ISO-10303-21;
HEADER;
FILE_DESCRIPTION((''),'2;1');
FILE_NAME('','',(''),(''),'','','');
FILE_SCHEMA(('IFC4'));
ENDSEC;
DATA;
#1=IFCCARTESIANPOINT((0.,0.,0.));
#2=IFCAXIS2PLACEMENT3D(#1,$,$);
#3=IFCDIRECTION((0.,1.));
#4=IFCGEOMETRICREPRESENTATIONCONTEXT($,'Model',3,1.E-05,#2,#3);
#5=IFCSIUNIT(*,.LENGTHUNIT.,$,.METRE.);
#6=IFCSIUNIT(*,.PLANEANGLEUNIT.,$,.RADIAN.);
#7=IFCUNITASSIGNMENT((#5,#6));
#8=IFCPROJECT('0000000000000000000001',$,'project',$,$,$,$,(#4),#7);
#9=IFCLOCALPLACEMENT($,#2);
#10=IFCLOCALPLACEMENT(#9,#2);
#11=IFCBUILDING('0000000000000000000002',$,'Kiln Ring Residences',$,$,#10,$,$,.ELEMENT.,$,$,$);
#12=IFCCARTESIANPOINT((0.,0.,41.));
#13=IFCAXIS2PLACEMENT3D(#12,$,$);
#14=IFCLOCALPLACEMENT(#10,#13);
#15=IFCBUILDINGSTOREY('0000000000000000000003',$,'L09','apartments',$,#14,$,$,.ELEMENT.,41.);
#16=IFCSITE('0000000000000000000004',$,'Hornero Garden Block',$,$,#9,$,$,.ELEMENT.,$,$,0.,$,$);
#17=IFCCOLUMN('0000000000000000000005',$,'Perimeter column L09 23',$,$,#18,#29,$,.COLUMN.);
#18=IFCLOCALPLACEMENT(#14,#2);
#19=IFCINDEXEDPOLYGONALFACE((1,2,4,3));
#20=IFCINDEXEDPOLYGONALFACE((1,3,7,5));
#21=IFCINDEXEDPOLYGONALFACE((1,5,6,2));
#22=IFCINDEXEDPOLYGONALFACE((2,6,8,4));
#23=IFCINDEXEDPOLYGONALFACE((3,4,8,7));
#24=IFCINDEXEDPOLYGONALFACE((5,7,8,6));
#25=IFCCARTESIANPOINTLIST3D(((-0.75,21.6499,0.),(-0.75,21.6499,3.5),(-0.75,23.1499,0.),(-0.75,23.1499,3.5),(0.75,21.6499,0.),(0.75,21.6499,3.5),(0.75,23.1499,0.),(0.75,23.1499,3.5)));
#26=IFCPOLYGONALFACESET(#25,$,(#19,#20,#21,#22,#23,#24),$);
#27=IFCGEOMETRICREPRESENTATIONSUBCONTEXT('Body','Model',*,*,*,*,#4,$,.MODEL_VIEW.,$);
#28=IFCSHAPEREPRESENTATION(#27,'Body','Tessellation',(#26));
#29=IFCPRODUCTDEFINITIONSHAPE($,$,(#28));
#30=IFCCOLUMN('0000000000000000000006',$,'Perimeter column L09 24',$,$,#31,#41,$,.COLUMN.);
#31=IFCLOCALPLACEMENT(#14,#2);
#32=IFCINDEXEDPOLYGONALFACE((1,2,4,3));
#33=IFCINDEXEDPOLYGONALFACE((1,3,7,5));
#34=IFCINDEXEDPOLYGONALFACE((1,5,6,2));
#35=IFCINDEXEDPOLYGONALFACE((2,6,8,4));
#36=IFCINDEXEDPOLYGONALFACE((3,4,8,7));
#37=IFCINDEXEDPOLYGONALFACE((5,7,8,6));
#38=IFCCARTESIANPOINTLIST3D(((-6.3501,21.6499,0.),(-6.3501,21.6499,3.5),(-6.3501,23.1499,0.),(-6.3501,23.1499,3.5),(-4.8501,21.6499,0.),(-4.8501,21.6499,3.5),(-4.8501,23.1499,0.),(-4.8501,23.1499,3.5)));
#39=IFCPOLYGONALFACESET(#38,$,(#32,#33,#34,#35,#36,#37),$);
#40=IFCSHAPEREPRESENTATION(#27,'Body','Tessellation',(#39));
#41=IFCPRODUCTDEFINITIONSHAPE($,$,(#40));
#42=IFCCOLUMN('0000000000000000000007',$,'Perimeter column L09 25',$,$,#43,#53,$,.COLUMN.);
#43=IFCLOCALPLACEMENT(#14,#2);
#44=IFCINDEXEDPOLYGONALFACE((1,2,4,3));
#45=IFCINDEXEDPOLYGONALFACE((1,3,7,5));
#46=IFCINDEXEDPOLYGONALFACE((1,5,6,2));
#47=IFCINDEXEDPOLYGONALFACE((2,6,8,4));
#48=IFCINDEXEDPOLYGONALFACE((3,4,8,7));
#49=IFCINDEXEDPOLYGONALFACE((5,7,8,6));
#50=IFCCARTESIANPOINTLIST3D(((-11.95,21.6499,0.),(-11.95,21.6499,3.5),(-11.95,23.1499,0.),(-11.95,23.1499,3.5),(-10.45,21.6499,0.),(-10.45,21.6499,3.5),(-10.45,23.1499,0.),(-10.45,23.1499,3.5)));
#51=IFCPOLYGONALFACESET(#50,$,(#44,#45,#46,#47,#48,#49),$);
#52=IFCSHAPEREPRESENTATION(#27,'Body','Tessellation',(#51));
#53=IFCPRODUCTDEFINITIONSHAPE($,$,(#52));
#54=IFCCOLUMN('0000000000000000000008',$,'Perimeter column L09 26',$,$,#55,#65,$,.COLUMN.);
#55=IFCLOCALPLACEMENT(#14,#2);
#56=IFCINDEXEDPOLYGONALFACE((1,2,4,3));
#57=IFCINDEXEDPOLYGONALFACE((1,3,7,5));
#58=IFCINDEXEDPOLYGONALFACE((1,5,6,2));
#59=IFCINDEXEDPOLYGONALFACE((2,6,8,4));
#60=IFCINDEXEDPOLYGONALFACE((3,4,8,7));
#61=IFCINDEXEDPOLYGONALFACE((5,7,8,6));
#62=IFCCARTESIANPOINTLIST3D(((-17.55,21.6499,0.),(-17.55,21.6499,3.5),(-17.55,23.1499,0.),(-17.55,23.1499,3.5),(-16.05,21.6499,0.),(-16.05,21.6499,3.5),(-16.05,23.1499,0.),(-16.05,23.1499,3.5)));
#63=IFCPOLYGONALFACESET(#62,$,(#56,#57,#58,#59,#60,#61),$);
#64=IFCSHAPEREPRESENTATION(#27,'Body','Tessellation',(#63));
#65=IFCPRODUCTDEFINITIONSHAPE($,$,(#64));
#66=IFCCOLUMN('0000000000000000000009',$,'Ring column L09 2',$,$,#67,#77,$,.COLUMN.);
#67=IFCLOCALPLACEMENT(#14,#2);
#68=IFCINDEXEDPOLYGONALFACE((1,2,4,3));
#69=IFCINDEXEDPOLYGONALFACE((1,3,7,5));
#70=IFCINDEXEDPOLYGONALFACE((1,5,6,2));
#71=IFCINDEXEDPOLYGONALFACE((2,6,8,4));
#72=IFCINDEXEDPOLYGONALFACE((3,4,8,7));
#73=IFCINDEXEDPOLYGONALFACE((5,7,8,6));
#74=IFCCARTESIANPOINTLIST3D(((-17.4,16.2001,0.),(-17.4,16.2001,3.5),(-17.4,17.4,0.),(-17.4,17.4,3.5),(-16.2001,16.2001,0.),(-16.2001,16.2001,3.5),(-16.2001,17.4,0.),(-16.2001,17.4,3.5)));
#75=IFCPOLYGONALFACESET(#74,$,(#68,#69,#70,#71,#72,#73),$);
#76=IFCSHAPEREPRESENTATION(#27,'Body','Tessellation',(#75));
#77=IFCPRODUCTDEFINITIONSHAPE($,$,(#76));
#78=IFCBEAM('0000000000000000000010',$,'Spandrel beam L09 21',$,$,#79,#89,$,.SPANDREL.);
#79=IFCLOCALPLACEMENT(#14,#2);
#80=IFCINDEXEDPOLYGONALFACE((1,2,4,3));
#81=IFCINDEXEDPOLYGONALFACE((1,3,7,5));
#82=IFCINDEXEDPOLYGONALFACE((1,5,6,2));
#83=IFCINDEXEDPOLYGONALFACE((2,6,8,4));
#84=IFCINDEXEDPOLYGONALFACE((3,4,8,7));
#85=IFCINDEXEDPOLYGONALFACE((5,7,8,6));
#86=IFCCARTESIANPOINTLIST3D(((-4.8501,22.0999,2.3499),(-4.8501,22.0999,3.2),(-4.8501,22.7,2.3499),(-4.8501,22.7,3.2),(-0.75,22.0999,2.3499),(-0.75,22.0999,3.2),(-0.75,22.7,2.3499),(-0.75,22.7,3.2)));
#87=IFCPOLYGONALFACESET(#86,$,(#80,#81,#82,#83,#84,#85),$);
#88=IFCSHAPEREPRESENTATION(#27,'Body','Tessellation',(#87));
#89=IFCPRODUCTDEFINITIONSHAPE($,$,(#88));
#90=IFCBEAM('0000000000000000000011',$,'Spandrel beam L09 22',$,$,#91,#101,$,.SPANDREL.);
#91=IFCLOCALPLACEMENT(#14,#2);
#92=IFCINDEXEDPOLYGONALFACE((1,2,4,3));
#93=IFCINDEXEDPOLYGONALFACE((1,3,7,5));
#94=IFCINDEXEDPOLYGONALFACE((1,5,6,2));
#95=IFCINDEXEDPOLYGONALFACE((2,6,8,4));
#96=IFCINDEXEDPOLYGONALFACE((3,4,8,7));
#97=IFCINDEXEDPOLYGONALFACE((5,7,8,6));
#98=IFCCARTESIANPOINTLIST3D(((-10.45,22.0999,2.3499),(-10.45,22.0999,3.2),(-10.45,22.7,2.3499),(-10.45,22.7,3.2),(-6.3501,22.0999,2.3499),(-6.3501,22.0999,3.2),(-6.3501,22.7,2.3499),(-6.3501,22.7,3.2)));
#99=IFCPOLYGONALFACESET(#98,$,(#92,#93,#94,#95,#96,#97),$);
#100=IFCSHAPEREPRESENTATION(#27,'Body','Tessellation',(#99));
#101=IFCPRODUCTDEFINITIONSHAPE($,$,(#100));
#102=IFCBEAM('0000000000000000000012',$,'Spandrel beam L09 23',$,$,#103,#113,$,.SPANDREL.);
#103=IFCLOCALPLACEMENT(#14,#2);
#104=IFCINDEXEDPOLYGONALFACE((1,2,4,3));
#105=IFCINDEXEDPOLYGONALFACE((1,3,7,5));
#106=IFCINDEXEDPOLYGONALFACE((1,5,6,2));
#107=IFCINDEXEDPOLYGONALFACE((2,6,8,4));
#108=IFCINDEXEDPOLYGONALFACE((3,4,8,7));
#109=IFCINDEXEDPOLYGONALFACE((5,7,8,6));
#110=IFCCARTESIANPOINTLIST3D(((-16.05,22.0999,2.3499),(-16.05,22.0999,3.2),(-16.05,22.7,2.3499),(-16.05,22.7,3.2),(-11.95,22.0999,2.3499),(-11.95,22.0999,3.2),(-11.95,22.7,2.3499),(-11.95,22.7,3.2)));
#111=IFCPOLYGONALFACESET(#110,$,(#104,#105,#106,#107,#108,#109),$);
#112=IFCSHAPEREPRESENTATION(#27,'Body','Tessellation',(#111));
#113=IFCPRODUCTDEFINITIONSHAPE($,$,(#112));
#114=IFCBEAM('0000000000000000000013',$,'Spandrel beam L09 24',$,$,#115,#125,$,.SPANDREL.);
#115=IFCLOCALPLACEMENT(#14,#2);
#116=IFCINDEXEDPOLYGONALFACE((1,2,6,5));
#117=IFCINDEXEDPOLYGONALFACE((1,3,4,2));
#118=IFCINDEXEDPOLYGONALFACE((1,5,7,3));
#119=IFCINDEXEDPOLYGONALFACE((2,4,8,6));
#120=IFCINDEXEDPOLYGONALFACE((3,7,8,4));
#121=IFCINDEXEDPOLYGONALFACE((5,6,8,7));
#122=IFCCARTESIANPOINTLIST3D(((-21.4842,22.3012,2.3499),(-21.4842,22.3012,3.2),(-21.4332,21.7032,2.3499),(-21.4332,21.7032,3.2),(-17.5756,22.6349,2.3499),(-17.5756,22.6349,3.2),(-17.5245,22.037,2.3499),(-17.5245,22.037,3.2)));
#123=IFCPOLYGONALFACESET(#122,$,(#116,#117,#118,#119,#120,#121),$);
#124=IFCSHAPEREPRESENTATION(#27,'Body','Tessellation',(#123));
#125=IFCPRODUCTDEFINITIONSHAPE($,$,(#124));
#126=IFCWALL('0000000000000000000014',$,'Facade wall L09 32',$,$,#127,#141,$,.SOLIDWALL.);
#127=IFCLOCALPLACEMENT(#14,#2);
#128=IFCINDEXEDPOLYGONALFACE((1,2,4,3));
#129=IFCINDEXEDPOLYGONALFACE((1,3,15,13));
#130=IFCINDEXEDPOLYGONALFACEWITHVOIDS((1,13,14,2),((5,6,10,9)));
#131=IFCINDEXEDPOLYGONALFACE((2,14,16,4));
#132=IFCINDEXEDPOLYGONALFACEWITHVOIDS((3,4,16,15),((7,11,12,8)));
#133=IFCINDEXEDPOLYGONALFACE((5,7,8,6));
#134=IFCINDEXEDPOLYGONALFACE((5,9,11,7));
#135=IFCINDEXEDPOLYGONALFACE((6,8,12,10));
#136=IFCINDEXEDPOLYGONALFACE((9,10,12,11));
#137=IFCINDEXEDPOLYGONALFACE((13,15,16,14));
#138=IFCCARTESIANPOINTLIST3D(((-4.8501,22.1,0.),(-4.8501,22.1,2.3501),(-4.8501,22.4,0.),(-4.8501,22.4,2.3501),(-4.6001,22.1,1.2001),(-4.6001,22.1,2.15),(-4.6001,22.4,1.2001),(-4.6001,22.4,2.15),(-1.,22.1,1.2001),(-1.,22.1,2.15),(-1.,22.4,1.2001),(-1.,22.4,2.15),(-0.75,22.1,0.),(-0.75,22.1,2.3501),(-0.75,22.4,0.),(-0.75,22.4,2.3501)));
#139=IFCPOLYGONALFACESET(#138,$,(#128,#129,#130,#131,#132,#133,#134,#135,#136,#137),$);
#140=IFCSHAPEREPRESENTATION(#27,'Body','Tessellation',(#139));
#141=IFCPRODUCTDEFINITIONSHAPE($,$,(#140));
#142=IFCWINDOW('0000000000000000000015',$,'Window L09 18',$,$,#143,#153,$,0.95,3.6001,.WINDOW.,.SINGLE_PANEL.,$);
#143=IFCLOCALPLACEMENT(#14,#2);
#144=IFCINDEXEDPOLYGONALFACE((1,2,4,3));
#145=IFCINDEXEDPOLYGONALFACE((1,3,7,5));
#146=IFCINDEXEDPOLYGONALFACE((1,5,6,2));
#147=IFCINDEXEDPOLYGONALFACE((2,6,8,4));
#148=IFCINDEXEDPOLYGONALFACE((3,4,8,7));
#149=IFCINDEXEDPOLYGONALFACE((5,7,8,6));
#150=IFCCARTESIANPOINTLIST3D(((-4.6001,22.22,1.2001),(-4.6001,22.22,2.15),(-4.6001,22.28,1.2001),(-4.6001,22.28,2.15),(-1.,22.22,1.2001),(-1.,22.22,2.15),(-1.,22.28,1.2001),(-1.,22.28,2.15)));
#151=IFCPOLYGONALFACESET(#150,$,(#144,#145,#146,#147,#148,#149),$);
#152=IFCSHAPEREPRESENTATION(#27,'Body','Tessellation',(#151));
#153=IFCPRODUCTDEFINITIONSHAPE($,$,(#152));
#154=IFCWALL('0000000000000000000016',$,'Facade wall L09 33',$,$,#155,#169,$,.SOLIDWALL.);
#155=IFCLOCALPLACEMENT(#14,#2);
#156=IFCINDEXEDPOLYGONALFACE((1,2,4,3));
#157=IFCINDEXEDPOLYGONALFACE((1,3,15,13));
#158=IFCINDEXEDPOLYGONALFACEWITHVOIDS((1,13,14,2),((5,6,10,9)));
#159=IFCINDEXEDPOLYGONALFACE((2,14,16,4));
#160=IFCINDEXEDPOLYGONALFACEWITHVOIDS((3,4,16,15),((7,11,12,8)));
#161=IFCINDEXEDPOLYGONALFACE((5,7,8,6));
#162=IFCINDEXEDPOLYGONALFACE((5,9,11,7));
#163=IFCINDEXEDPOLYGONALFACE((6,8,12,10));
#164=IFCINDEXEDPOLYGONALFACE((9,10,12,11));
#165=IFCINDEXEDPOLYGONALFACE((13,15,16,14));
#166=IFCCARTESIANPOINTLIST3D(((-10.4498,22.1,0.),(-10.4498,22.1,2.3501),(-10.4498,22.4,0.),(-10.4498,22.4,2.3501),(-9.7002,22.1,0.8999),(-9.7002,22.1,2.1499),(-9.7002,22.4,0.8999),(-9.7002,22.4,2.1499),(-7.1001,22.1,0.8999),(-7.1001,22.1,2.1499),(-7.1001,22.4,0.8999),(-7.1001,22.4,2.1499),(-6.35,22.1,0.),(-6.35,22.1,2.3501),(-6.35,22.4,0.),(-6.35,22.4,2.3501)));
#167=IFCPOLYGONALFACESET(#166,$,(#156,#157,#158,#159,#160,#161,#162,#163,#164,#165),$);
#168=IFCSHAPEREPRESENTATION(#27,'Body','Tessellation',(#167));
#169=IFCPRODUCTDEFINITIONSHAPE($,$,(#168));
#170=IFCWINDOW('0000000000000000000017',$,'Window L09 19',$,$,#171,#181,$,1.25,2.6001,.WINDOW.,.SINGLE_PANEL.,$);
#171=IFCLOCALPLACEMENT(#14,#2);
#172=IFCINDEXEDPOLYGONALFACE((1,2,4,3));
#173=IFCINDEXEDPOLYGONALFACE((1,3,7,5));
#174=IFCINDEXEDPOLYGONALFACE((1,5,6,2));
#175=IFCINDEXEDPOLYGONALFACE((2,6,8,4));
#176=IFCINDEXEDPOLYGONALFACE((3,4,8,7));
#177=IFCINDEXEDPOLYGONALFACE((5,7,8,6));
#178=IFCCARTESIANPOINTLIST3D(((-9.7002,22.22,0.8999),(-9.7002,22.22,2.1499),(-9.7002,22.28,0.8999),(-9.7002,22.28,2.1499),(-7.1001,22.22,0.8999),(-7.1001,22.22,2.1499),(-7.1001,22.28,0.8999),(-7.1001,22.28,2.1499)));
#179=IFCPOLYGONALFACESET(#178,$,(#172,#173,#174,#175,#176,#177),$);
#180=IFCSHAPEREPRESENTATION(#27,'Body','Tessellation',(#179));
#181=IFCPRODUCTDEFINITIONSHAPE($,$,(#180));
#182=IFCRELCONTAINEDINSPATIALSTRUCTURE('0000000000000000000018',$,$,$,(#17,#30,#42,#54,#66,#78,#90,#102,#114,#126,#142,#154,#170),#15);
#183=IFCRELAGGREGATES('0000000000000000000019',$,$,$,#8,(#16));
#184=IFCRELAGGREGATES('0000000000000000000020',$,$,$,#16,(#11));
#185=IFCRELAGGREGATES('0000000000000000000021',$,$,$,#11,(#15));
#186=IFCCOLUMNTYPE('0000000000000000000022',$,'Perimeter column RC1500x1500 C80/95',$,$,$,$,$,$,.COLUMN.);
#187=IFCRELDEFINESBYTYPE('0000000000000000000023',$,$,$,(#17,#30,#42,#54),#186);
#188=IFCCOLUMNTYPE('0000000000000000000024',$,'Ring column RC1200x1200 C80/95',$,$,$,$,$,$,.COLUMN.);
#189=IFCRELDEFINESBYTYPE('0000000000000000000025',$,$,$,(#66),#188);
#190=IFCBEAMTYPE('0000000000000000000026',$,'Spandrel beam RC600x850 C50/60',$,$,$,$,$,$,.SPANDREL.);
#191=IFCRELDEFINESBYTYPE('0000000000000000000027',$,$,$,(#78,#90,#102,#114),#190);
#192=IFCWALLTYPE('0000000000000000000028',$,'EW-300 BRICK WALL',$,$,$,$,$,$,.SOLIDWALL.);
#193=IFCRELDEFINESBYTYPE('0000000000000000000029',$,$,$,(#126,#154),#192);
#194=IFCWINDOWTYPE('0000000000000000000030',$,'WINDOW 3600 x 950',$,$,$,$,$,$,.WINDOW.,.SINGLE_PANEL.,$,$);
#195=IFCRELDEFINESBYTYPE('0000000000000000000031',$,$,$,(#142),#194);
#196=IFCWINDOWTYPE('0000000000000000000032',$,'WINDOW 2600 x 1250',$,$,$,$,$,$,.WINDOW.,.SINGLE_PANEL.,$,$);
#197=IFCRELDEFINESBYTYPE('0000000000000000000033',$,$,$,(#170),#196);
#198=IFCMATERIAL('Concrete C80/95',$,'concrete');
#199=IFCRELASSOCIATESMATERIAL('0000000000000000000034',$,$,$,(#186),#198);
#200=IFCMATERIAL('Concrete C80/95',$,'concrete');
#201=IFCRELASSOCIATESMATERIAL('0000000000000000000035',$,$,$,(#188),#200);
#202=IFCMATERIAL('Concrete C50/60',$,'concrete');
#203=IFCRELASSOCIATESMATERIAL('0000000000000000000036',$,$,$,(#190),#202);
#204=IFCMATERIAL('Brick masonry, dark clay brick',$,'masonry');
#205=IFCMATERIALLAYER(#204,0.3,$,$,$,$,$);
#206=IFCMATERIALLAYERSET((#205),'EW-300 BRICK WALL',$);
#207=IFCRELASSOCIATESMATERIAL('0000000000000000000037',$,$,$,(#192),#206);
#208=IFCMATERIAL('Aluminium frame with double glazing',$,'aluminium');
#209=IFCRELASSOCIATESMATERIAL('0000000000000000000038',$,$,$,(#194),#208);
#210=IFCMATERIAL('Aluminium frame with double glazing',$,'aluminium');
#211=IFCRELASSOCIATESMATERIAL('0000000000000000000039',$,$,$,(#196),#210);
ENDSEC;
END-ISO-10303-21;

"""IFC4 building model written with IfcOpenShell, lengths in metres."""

from ifc_helpers import new_model, si_unit, direction, frame, frame_2d, origin, origin_2d, place, context, subcontext, project, spatial, rectangle, extrude, material, layer, layer_set, material_profile, profile_set, type_object, element, fill, save


model = new_model("IFC4")

# Units and contexts
model_context = context("Model", 3, precision=1e-05, world=origin(), true_north=direction((0.0, 1.0)))
body_context = subcontext(model_context, "Body", "Model", "MODEL_VIEW")
ifc_project = project(units=[si_unit("LENGTHUNIT", "METRE"), si_unit("PLANEANGLEUNIT", "RADIAN")], contexts=[model_context])

# Site, building, storey
site_placement = place(None, origin())
site = spatial("IfcSite", under=ifc_project, at=site_placement, Name="Hornero Garden Block", CompositionType="ELEMENT", RefElevation=0.0)
building_placement = place(site_placement, origin())
building = spatial("IfcBuilding", under=site, at=building_placement, Name="Kiln Ring Residences", CompositionType="ELEMENT")
storey_placement = place(building_placement, frame((0.0, 0.0, 41.0)))
storey = spatial("IfcBuildingStorey", under=building, at=storey_placement, Name="L09", Description="apartments", CompositionType="ELEMENT", Elevation=41.0)

# Columns
ifc_material_1 = material(Name="Concrete C80/95", Category="concrete")
ifc_material_profile_1 = material_profile(ifc_material_1, rectangle(XDim=1.5, YDim=1.5, at=origin_2d()), Name="RC1500x1500")
ifc_profile_set_1 = profile_set([ifc_material_profile_1], Name="Concrete C80/95")
column_type_1 = type_object("IfcColumnType", Name="Perimeter column RC1500x1500 C80/95", PredefinedType="COLUMN", material=ifc_profile_set_1)
for number, where, z_axis, x_axis, name in (
    (1, (0.0, 22.3999, 0.0), (0.0, 0.0, 1.0), (1.0, 0.0, 0.0), "Perimeter column L09 23"),
    (2, (-5.6001, 22.3999, 0.0), (0.0, 0.0, 1.0), (1.0, 0.0, 0.0), "Perimeter column L09 24"),
    (3, (-11.2, 22.3999, 0.0), (0.0, 0.0, 1.0), (1.0, 0.0, 0.0), "Perimeter column L09 25"),
    (4, (-16.8, 22.3999, 0.0), (0.0, 0.0, 1.0), (1.0, 0.0, 0.0), "Perimeter column L09 26"),
):
    element("IfcColumn", number, at=place(storey_placement, frame(where, z_axis=z_axis, x_axis=x_axis)), inside=storey, type_object=column_type_1, Name=name, PredefinedType="COLUMN", context=body_context, shape_type="SweptSolid", body=[
        extrude(rectangle(XDim=1.5, YDim=1.5, at=origin_2d()), origin(), (0.0, 0.0, 1.0), 3.5),
    ])
ifc_material_2 = material(Name="Concrete C80/95", Category="concrete")
ifc_material_profile_2 = material_profile(ifc_material_2, rectangle(XDim=1.2, YDim=1.2, at=origin_2d()), Name="RC1200x1200")
ifc_profile_set_2 = profile_set([ifc_material_profile_2], Name="Concrete C80/95")
column_type_2 = type_object("IfcColumnType", Name="Ring column RC1200x1200 C80/95", PredefinedType="COLUMN", material=ifc_profile_set_2)
column_placement = place(storey_placement, frame((-16.8, 16.8, 0.0), z_axis=(0.0, 0.0, 1.0), x_axis=(1.0, 0.0, 0.0)))
element("IfcColumn", 5, at=column_placement, inside=storey, type_object=column_type_2, Name="Ring column L09 2", PredefinedType="COLUMN", context=body_context, shape_type="SweptSolid", body=[
    extrude(rectangle(XDim=1.2, YDim=1.2, at=origin_2d()), origin(), (0.0, 0.0, 1.0), 3.5),
])

# Beams
ifc_material_3 = material(Name="Concrete C50/60", Category="concrete")
ifc_material_profile_3 = material_profile(ifc_material_3, rectangle(XDim=0.6001, YDim=0.8501, at=origin_2d()), Name="RC600x850")
ifc_profile_set_3 = profile_set([ifc_material_profile_3], Name="Concrete C50/60")
beam_type = type_object("IfcBeamType", Name="Spandrel beam RC600x850 C50/60", PredefinedType="SPANDREL", material=ifc_profile_set_3)
beam_1_placement = place(storey_placement, frame((-0.75, 22.3999, 2.7749), z_axis=(-1.0, 0.0, 0.0), x_axis=(0.0, -1.0, 0.0)))
element("IfcBeam", 6, at=beam_1_placement, inside=storey, type_object=beam_type, Name="Spandrel beam L09 21", PredefinedType="SPANDREL", context=body_context, shape_type="SweptSolid", body=[
    extrude(rectangle(XDim=0.6001, YDim=0.8501, at=origin_2d()), origin(), (0.0, 0.0, 1.0), 4.1001),
])
beam_2_placement = place(storey_placement, frame((-6.3501, 22.3999, 2.7749), z_axis=(-1.0, 0.0, 0.0), x_axis=(0.0, -1.0, 0.0)))
element("IfcBeam", 7, at=beam_2_placement, inside=storey, type_object=beam_type, Name="Spandrel beam L09 22", PredefinedType="SPANDREL", context=body_context, shape_type="SweptSolid", body=[
    extrude(rectangle(XDim=0.6001, YDim=0.8501, at=origin_2d()), origin(), (0.0, 0.0, 1.0), 4.0999),
])
beam_3_placement = place(storey_placement, frame((-11.95, 22.3999, 2.7749), z_axis=(-1.0, 0.0, 0.0), x_axis=(0.0, -1.0, 0.0)))
element("IfcBeam", 8, at=beam_3_placement, inside=storey, type_object=beam_type, Name="Spandrel beam L09 23", PredefinedType="SPANDREL", context=body_context, shape_type="SweptSolid", body=[
    extrude(rectangle(XDim=0.6001, YDim=0.8501, at=origin_2d()), origin(), (0.0, 0.0, 1.0), 4.1001),
])
beam_4_placement = place(storey_placement, frame((-17.55, 22.3359, 2.7749), z_axis=(-0.996375, -0.085075, 0.0), x_axis=(0.085075, -0.996375, 0.0)))
element("IfcBeam", 9, at=beam_4_placement, inside=storey, type_object=beam_type, Name="Spandrel beam L09 24", PredefinedType="SPANDREL", context=body_context, shape_type="SweptSolid", body=[
    extrude(rectangle(XDim=0.6001, YDim=0.8501, at=origin_2d()), origin(), (0.0, 0.0, 1.0), 3.9229),
])

# Walls, openings, windows
ifc_material_4 = material(Name="Brick masonry, dark clay brick", Category="masonry")
ifc_layer_1 = layer(ifc_material_4, 0.3)
ifc_layer_set_1 = layer_set([ifc_layer_1], Name="EW-300 BRICK WALL")
wall_type_1 = type_object("IfcWallType", Name="EW-300 BRICK WALL", PredefinedType="SOLIDWALL", material=ifc_layer_set_1)
wall_1_placement = place(storey_placement, frame((-0.75, 22.25, 0.0), z_axis=(0.0, 0.0, 1.0), x_axis=(-1.0, 0.0, 0.0)))
wall_1 = element("IfcWall", 10, at=wall_1_placement, inside=storey, type_object=wall_type_1, Name="Facade wall L09 32", PredefinedType="SOLIDWALL", context=body_context, shape_type="SweptSolid", body=[
    extrude(rectangle(XDim=4.1001, YDim=0.3, at=frame_2d((2.05, 0.0))), origin(), (0.0, 0.0, 1.0), 2.3501),
])
opening_1_placement = place(wall_1_placement, frame((0.25, 0.0, 1.2)))
opening_1 = element("IfcOpeningElement", 11, at=opening_1_placement, cuts=wall_1, PredefinedType="OPENING", context=body_context, shape_type="SweptSolid", body=[
    extrude(rectangle(XDim=3.6001, YDim=0.95, at=frame_2d((1.8, 0.4751))), frame((0.0, 0.1599, 0.0), z_axis=(0.0, -1.0, 0.0), x_axis=(1.0, 0.0, 0.0)), (0.0, 0.0, 1.0), 0.3201),
])
ifc_material_5 = material(Name="Aluminium frame with double glazing", Category="aluminium")
window_type_1 = type_object("IfcWindowType", Name="WINDOW 3600 x 950", PartitioningType="SINGLE_PANEL", PredefinedType="WINDOW", material=ifc_material_5)
window_1_placement = place(opening_1_placement, origin())
window_1 = element("IfcWindow", 12, at=window_1_placement, inside=storey, type_object=window_type_1, Name="Window L09 18", OverallHeight=0.95, OverallWidth=3.6001, PartitioningType="SINGLE_PANEL", PredefinedType="WINDOW", context=body_context, shape_type="SweptSolid", body=[
    extrude(rectangle(XDim=3.6001, YDim=0.95, at=frame_2d((1.8, 0.4751))), frame((0.0, 0.03, 0.0), z_axis=(0.0, -1.0, 0.0), x_axis=(1.0, 0.0, 0.0)), (0.0, 0.0, 1.0), 0.0601),
])
fill(opening_1, window_1)
wall_2_placement = place(storey_placement, frame((-6.3501, 22.25, 0.0), z_axis=(0.0, 0.0, 1.0), x_axis=(-1.0, 0.0, 0.0)))
wall_2 = element("IfcWall", 13, at=wall_2_placement, inside=storey, type_object=wall_type_1, Name="Facade wall L09 33", PredefinedType="SOLIDWALL", context=body_context, shape_type="SweptSolid", body=[
    extrude(rectangle(XDim=4.0999, YDim=0.3, at=frame_2d((2.0498, 0.0))), origin(), (0.0, 0.0, 1.0), 2.3501),
])
opening_2_placement = place(wall_2_placement, frame((0.75, 0.0, 0.8999)))
opening_2 = element("IfcOpeningElement", 14, at=opening_2_placement, cuts=wall_2, PredefinedType="OPENING", context=body_context, shape_type="SweptSolid", body=[
    extrude(rectangle(XDim=2.6001, YDim=1.25, at=frame_2d((1.3, 0.625))), frame((0.0, 0.1599, 0.0), z_axis=(0.0, -1.0, 0.0), x_axis=(1.0, 0.0, 0.0)), (0.0, 0.0, 1.0), 0.3201),
])
ifc_material_6 = material(Name="Aluminium frame with double glazing", Category="aluminium")
window_type_2 = type_object("IfcWindowType", Name="WINDOW 2600 x 1250", PartitioningType="SINGLE_PANEL", PredefinedType="WINDOW", material=ifc_material_6)
window_2_placement = place(opening_2_placement, origin())
window_2 = element("IfcWindow", 15, at=window_2_placement, inside=storey, type_object=window_type_2, Name="Window L09 19", OverallHeight=1.25, OverallWidth=2.6001, PartitioningType="SINGLE_PANEL", PredefinedType="WINDOW", context=body_context, shape_type="SweptSolid", body=[
    extrude(rectangle(XDim=2.6001, YDim=1.25, at=frame_2d((1.3, 0.625))), frame((0.0, 0.03, 0.0), z_axis=(0.0, -1.0, 0.0), x_axis=(1.0, 0.0, 0.0)), (0.0, 0.0, 1.0), 0.0601),
])
fill(opening_2, window_2)

save(model, "model.ifc")
